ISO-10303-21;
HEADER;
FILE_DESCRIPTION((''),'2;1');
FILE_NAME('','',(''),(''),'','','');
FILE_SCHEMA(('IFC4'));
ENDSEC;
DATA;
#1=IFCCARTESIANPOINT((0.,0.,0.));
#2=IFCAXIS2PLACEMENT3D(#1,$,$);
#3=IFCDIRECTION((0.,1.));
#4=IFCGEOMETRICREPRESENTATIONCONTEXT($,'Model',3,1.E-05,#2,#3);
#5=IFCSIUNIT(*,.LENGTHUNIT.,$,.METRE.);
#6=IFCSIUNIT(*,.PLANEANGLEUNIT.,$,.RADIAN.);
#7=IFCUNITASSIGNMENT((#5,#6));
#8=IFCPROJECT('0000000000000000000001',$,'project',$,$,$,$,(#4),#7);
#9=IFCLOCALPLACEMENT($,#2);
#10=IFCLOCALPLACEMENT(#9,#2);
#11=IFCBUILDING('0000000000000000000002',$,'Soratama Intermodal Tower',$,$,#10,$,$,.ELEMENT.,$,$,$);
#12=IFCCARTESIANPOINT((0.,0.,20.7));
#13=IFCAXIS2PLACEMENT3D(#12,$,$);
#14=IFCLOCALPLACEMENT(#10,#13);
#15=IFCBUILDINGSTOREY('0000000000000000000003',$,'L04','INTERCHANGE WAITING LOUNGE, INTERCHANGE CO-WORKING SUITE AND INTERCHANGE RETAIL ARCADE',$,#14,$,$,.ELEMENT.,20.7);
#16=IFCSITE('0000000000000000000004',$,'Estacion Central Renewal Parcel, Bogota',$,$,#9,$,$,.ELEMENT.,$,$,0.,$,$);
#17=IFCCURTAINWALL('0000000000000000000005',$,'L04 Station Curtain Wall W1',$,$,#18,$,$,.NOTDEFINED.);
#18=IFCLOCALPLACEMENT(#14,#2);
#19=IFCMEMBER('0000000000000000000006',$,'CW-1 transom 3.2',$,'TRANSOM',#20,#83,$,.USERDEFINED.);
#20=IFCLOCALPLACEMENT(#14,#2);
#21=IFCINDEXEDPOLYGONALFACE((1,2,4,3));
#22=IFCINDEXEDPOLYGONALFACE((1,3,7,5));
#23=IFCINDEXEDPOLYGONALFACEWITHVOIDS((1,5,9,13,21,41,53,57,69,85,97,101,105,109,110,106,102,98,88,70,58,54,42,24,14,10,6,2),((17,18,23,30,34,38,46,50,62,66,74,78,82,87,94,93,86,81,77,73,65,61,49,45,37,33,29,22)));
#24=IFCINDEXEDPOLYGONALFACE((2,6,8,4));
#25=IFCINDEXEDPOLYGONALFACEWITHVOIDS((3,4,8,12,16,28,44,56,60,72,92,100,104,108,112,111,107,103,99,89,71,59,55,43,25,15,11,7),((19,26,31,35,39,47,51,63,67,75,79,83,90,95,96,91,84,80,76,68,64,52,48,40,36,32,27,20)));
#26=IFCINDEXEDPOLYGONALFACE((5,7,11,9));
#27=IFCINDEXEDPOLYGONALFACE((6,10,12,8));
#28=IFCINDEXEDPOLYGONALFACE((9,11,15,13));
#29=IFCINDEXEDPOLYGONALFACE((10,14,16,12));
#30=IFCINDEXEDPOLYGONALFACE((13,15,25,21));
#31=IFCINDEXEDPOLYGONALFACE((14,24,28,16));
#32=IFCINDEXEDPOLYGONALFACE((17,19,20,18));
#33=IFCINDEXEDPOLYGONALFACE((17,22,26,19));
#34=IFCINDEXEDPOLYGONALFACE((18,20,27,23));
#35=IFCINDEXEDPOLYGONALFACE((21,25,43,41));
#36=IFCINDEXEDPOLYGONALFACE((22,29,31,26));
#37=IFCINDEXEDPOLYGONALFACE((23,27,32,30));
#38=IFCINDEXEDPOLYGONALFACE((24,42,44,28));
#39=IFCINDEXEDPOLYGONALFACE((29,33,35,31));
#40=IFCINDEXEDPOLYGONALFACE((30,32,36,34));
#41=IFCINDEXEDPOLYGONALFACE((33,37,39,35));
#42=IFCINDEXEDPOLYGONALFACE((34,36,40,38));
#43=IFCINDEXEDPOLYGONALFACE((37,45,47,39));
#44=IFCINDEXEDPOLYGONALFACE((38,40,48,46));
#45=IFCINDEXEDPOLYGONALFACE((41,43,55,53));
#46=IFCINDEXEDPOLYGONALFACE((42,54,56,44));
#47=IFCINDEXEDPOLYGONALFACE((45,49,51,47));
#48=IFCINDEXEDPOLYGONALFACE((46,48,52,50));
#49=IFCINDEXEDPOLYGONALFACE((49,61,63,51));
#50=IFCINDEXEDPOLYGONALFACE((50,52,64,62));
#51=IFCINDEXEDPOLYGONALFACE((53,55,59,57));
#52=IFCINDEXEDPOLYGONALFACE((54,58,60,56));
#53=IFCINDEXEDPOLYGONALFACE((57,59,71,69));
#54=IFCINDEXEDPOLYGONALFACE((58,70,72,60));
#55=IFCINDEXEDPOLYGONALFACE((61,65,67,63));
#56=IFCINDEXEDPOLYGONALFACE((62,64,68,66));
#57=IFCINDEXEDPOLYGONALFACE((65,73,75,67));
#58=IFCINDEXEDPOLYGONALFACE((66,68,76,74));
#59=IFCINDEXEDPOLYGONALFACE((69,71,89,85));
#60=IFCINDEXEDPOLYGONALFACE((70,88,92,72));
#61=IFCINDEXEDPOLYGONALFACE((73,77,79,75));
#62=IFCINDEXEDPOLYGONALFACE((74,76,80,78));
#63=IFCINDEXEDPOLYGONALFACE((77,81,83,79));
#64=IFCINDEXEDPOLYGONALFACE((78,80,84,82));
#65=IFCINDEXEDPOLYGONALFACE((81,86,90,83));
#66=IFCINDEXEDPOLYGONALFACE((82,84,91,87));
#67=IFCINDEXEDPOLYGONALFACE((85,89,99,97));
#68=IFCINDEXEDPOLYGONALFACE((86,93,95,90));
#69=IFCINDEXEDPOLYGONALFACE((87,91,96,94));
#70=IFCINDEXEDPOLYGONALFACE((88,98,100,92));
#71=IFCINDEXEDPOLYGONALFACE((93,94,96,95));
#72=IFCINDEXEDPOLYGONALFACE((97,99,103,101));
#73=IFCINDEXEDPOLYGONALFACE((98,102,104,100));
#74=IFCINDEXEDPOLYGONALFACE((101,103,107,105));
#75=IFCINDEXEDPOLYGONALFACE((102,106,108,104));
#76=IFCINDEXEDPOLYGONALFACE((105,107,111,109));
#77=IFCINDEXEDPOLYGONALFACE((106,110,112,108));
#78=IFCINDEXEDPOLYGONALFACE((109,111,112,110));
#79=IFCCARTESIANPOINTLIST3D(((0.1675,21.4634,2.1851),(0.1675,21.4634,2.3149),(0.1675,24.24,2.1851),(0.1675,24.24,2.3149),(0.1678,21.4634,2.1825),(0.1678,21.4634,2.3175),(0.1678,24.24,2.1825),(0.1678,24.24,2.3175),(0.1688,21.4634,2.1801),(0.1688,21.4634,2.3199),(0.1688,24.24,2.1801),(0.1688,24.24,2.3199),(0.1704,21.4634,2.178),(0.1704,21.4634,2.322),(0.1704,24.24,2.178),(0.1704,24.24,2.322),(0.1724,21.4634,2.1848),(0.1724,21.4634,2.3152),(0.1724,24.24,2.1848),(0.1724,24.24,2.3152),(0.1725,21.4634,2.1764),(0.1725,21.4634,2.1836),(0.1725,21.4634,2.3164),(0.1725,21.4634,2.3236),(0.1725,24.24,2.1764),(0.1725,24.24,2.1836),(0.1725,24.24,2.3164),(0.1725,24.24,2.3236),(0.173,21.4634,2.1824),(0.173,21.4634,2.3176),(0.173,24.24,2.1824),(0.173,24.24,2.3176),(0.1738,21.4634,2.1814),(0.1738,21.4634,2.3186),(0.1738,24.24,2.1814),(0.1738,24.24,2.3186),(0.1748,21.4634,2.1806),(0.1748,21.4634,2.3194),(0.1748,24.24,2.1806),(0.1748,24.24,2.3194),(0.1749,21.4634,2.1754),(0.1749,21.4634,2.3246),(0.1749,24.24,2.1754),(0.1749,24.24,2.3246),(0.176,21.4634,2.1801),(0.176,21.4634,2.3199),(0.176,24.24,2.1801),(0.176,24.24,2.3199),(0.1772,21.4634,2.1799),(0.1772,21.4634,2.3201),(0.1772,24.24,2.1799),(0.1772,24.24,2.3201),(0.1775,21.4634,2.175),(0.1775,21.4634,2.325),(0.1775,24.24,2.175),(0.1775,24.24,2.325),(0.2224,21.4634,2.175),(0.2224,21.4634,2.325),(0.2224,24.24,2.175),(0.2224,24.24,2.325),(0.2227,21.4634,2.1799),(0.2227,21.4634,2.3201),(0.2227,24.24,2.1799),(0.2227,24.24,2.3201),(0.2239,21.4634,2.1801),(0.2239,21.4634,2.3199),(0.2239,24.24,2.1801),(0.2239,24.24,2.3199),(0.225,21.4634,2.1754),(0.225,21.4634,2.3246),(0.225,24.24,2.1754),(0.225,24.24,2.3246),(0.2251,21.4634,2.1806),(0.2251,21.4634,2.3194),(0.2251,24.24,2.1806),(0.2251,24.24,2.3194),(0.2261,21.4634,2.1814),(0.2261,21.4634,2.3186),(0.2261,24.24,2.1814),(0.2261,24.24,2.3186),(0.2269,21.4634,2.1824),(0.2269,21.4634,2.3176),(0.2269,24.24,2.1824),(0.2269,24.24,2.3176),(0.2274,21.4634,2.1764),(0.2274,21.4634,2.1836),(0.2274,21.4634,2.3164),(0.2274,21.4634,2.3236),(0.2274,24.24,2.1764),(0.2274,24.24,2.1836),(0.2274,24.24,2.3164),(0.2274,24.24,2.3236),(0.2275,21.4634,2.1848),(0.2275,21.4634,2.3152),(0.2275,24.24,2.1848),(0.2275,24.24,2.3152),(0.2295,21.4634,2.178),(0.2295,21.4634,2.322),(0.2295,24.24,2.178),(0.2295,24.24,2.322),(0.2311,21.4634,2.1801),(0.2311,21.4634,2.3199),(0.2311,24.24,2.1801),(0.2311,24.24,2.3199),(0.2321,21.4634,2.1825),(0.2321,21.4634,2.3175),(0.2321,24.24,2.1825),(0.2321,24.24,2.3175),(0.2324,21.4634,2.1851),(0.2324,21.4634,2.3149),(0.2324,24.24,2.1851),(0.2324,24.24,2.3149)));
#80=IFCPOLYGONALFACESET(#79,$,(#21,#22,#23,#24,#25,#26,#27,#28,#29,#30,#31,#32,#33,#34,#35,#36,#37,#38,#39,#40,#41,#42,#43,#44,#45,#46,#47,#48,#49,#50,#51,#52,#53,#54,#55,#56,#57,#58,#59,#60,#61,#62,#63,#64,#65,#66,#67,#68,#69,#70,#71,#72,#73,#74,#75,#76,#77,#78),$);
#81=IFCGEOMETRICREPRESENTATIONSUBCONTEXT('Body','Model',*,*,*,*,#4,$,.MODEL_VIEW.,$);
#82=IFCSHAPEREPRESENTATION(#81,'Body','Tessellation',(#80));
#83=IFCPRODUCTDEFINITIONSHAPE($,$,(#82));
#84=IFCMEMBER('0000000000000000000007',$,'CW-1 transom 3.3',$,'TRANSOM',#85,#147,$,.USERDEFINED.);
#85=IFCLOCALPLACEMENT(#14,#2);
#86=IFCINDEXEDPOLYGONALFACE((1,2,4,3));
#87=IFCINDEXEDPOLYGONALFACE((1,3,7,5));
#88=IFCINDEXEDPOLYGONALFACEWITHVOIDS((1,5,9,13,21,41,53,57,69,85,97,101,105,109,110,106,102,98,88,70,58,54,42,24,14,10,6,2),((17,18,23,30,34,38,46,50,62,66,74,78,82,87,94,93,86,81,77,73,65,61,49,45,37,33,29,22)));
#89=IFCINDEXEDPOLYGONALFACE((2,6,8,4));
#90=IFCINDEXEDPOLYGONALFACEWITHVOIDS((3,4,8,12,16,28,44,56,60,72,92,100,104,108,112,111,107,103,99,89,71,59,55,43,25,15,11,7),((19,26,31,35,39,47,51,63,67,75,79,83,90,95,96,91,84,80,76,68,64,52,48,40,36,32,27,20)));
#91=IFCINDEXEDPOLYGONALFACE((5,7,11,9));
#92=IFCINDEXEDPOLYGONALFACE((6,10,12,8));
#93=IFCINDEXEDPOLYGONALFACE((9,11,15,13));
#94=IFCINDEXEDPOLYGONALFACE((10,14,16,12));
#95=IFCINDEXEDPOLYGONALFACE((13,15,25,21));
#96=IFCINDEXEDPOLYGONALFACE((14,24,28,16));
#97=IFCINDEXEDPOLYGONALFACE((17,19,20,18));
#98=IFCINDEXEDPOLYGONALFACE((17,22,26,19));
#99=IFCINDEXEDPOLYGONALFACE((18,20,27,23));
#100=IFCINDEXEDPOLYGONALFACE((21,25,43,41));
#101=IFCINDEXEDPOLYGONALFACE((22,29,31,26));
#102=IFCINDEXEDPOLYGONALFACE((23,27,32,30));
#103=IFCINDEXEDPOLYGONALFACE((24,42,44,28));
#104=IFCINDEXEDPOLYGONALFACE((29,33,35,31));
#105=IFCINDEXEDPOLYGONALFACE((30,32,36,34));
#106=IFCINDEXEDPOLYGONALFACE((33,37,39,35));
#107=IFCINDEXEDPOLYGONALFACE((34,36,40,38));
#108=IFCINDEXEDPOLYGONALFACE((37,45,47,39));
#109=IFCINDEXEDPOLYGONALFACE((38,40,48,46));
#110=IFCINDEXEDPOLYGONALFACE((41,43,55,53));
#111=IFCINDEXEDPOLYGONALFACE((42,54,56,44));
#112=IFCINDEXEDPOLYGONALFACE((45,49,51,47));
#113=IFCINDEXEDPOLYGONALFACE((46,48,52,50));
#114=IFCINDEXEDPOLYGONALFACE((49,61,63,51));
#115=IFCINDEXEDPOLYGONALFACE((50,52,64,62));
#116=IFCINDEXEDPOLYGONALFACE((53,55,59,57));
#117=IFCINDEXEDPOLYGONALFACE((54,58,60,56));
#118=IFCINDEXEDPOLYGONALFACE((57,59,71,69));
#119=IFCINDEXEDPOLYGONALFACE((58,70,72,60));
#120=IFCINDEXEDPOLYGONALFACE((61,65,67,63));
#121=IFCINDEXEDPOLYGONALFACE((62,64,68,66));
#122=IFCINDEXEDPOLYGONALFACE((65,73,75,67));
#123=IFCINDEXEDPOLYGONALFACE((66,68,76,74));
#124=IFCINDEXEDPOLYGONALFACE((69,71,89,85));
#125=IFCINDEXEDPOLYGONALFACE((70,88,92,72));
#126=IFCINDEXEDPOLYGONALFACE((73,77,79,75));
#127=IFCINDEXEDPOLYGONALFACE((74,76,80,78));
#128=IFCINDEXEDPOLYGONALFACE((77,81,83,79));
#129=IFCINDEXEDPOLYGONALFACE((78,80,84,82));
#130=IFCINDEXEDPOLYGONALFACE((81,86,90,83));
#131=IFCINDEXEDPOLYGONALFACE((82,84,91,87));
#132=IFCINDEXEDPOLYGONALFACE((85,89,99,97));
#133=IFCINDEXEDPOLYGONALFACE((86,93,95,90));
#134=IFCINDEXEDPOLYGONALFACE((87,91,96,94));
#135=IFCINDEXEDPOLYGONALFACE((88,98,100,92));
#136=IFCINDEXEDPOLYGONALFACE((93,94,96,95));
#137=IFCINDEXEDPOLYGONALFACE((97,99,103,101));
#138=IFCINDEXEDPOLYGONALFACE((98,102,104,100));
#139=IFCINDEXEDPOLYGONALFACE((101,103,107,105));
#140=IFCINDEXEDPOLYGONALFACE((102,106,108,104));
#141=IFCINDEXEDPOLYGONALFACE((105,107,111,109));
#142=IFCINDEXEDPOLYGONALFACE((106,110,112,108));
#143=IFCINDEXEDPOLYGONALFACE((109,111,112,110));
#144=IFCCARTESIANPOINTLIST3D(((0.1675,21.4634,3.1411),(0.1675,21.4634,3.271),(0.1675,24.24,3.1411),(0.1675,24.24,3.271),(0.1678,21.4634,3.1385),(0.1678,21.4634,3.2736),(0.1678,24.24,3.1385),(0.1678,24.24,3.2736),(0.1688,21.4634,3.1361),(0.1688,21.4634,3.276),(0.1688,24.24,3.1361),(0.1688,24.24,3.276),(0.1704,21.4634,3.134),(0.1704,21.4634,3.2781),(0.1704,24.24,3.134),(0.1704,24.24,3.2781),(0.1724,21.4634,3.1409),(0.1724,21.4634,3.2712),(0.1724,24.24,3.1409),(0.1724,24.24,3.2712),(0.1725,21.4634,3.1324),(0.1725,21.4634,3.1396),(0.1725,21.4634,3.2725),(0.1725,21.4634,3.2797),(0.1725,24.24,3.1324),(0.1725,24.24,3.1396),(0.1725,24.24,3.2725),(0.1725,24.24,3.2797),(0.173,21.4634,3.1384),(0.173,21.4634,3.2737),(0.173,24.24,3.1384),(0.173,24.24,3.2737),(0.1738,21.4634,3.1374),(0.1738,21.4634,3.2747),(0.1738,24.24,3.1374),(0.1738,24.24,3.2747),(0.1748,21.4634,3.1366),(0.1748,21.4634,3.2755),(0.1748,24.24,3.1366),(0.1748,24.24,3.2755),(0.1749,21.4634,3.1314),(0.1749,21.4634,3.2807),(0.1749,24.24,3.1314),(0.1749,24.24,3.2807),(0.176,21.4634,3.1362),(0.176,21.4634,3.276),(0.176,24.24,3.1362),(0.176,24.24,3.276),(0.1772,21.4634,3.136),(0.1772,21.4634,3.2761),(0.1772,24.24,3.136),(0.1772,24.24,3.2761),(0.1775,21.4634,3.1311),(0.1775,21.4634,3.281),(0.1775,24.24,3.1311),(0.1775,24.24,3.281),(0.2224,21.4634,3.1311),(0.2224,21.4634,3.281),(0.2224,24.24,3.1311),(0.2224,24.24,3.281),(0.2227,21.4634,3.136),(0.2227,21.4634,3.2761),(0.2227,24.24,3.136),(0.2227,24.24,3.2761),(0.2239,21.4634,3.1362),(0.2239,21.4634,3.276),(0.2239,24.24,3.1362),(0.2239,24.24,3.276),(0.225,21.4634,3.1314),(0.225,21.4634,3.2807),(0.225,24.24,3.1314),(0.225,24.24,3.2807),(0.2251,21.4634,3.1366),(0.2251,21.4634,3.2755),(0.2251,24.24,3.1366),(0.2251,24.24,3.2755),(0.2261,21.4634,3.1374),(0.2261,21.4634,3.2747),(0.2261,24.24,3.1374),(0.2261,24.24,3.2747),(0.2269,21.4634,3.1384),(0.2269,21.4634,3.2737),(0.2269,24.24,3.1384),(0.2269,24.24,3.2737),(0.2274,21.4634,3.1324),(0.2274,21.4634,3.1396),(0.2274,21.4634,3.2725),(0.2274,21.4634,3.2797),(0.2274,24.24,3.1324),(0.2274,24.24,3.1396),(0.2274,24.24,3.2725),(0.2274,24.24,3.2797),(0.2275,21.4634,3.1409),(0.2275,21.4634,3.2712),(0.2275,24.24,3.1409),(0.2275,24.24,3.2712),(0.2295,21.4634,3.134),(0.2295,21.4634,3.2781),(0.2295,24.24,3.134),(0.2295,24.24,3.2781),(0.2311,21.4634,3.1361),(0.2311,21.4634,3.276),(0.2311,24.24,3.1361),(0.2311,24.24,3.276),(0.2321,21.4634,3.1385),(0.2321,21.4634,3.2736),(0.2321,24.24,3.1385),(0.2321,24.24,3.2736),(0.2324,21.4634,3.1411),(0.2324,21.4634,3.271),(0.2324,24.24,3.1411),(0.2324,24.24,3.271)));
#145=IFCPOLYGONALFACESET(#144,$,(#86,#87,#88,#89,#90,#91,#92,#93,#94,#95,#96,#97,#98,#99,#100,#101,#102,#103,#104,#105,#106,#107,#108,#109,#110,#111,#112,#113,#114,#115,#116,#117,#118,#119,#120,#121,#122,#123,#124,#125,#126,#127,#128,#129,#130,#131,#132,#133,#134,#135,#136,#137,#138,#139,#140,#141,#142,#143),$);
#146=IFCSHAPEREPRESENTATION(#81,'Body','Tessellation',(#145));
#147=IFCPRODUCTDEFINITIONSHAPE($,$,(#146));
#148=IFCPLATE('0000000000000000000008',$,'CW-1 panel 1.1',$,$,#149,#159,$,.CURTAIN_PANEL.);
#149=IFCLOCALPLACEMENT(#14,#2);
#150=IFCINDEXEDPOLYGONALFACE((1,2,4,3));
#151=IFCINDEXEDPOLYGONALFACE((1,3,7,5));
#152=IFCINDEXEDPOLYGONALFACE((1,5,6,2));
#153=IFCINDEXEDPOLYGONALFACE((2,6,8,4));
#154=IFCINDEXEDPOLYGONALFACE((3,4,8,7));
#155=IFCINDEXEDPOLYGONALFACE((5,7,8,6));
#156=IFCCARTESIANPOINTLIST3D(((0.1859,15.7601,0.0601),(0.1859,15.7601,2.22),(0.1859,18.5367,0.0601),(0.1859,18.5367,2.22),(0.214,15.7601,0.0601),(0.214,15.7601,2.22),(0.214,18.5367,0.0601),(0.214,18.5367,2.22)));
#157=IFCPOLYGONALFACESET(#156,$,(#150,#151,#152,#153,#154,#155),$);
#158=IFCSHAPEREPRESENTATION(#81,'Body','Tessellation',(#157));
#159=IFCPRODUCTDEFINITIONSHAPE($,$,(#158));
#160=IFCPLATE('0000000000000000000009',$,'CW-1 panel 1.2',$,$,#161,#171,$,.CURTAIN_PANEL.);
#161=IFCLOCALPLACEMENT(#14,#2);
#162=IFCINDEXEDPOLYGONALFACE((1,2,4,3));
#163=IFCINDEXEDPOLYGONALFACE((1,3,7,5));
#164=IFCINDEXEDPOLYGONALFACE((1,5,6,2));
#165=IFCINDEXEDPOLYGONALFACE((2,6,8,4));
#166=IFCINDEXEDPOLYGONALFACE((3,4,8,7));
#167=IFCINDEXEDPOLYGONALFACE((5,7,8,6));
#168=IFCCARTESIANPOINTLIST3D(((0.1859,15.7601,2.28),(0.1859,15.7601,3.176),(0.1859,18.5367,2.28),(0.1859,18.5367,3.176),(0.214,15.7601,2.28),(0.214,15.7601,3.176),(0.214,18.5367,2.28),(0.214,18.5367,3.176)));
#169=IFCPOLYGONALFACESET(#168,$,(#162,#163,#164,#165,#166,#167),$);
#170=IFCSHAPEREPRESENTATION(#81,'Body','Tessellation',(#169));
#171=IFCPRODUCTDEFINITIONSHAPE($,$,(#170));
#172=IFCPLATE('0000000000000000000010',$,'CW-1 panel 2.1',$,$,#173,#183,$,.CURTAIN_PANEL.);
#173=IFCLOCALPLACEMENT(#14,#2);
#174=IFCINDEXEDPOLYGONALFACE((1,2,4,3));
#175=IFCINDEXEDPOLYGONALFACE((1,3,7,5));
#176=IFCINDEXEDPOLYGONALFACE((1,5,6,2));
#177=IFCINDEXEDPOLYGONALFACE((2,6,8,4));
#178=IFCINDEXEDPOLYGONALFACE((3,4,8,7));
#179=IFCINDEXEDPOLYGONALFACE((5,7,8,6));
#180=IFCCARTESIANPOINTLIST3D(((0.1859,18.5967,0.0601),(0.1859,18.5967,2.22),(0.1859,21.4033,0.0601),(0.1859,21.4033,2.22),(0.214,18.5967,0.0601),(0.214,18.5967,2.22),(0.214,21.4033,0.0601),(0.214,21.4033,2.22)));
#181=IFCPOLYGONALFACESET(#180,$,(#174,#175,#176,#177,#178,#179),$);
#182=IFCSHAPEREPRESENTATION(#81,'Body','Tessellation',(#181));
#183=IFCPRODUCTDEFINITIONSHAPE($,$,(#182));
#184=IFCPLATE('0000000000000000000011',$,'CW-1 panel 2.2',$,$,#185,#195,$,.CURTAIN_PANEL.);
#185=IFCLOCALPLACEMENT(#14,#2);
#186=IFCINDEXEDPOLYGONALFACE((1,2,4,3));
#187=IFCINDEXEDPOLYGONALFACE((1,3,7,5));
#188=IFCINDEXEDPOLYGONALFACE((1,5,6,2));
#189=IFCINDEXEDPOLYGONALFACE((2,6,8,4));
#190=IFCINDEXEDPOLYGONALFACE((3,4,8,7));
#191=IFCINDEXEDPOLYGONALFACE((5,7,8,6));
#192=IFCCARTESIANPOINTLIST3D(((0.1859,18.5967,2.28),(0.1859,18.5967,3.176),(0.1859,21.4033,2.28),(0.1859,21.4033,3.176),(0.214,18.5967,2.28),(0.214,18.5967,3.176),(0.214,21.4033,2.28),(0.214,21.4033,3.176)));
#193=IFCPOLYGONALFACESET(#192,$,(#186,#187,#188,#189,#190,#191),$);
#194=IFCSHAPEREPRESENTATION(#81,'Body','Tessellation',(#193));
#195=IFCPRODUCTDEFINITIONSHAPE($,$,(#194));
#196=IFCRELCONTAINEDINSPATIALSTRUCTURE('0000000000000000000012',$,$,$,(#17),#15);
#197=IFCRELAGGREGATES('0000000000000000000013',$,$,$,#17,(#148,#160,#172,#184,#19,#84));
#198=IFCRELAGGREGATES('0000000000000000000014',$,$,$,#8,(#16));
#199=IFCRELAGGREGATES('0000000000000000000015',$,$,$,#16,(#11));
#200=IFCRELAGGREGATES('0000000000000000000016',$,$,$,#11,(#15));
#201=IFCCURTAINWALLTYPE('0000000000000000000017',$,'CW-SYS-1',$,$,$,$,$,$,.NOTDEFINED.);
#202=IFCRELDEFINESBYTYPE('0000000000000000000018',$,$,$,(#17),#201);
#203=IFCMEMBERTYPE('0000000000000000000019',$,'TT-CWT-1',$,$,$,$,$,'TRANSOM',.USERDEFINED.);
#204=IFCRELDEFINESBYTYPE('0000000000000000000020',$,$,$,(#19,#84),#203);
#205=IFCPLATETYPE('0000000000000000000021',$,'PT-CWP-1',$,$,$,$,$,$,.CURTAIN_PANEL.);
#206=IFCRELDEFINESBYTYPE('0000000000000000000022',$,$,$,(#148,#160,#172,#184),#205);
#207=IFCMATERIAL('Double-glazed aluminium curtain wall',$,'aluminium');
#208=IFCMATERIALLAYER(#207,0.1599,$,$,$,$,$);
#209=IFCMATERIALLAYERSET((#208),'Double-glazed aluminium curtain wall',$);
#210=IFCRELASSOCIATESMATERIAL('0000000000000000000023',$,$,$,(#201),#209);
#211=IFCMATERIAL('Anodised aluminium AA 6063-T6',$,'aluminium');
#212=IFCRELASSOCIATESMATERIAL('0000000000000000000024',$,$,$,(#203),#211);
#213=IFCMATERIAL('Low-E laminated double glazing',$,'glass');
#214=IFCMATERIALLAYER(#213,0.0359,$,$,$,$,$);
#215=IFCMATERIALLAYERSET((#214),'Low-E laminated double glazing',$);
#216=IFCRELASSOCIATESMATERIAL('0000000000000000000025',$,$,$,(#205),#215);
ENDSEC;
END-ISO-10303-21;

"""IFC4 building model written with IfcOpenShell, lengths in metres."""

from ifc_helpers import new_model, si_unit, direction, frame, origin, origin_2d, place, context, subcontext, project, spatial, rectangle, hollow_rectangle, extrude, material, layer, layer_set, material_profile, profile_set, type_object, element, aggregate, save


model = new_model("IFC4")

# Units and contexts
model_context = context("Model", 3, precision=1e-05, world=origin(), true_north=direction((0.0, 1.0)))
body_context = subcontext(model_context, "Body", "Model", "MODEL_VIEW")
ifc_project = project(units=[si_unit("LENGTHUNIT", "METRE"), si_unit("PLANEANGLEUNIT", "RADIAN")], contexts=[model_context])

# Site, building, storey
site_placement = place(None, origin())
site = spatial("IfcSite", under=ifc_project, at=site_placement, Name="Estacion Central Renewal Parcel, Bogota", CompositionType="ELEMENT", RefElevation=0.0)
building_placement = place(site_placement, origin())
building = spatial("IfcBuilding", under=site, at=building_placement, Name="Soratama Intermodal Tower", CompositionType="ELEMENT")
storey_placement = place(building_placement, frame((0.0, 0.0, 20.7)))
storey = spatial("IfcBuildingStorey", under=building, at=storey_placement, Name="L04", Description="INTERCHANGE WAITING LOUNGE, INTERCHANGE CO-WORKING SUITE AND INTERCHANGE RETAIL ARCADE", CompositionType="ELEMENT", Elevation=20.7)

# Curtain wall, members, plates
ifc_material_1 = material(Name="Double-glazed aluminium curtain wall", Category="aluminium")
ifc_layer_1 = layer(ifc_material_1, 0.1599)
ifc_layer_set_1 = layer_set([ifc_layer_1], Name="Double-glazed aluminium curtain wall")
curtain_wall_type = type_object("IfcCurtainWallType", Name="CW-SYS-1", PredefinedType="NOTDEFINED", material=ifc_layer_set_1)
curtain_wall_placement = place(storey_placement, origin())
curtain_wall = element("IfcCurtainWall", 1, at=curtain_wall_placement, inside=storey, type_object=curtain_wall_type, Name="L04 Station Curtain Wall W1", PredefinedType="NOTDEFINED")
ifc_material_2 = material(Name="Anodised aluminium AA 6063-T6", Category="aluminium")
ifc_material_profile_1 = material_profile(ifc_material_2, hollow_rectangle(XDim=0.0649, YDim=0.1499, WallThickness=0.0049, InnerFilletRadius=0.0049, OuterFilletRadius=0.01, at=origin_2d()), Name="CWT150X65X5")
ifc_profile_set_1 = profile_set([ifc_material_profile_1], Name="Anodised aluminium AA 6063-T6")
member_type_1 = type_object("IfcMemberType", Name="TT-CWT-1", ElementType="TRANSOM", PredefinedType="USERDEFINED", material=ifc_profile_set_1)
member_1_placement = place(storey_placement, frame((0.2, 21.4634, 2.25), z_axis=(0.0, 1.0, 0.0), x_axis=(-1.0, 0.0, 0.0)))
member_1 = element("IfcMember", 2, at=member_1_placement, type_object=member_type_1, Name="CW-1 transom 3.2", ObjectType="TRANSOM", PredefinedType="USERDEFINED", context=body_context, shape_type="SweptSolid", body=[
    extrude(hollow_rectangle(XDim=0.0649, YDim=0.1499, WallThickness=0.0049, InnerFilletRadius=0.0049, OuterFilletRadius=0.01, at=origin_2d()), origin(), (0.0, 0.0, 1.0), 2.7766),
])
member_2_placement = place(storey_placement, frame((0.2, 21.4634, 3.2061), z_axis=(0.0, 1.0, 0.0), x_axis=(-1.0, 0.0, 0.0)))
member_2 = element("IfcMember", 3, at=member_2_placement, type_object=member_type_1, Name="CW-1 transom 3.3", ObjectType="TRANSOM", PredefinedType="USERDEFINED", context=body_context, shape_type="SweptSolid", body=[
    extrude(hollow_rectangle(XDim=0.0649, YDim=0.1499, WallThickness=0.0049, InnerFilletRadius=0.0049, OuterFilletRadius=0.01, at=origin_2d()), origin(), (0.0, 0.0, 1.0), 2.7766),
])
ifc_material_3 = material(Name="Low-E laminated double glazing", Category="glass")
ifc_layer_2 = layer(ifc_material_3, 0.0359)
ifc_layer_set_2 = layer_set([ifc_layer_2], Name="Low-E laminated double glazing")
plate_type = type_object("IfcPlateType", Name="PT-CWP-1", PredefinedType="CURTAIN_PANEL", material=ifc_layer_set_2)
plate_1_placement = place(storey_placement, frame((0.2, 17.1484, 0.0601), z_axis=(0.0, 0.0, 1.0), x_axis=(0.0, 1.0, 0.0)))
plate_1 = element("IfcPlate", 4, at=plate_1_placement, type_object=plate_type, Name="CW-1 panel 1.1", PredefinedType="CURTAIN_PANEL", context=body_context, shape_type="SweptSolid", body=[
    extrude(rectangle(XDim=2.7766, YDim=0.0281, at=origin_2d()), origin(), (0.0, 0.0, 1.0), 2.1599),
])
plate_2_placement = place(storey_placement, frame((0.2, 17.1484, 2.28), z_axis=(0.0, 0.0, 1.0), x_axis=(0.0, 1.0, 0.0)))
plate_2 = element("IfcPlate", 5, at=plate_2_placement, type_object=plate_type, Name="CW-1 panel 1.2", PredefinedType="CURTAIN_PANEL", context=body_context, shape_type="SweptSolid", body=[
    extrude(rectangle(XDim=2.7766, YDim=0.0281, at=origin_2d()), origin(), (0.0, 0.0, 1.0), 0.896),
])
plate_3_placement = place(storey_placement, frame((0.2, 20.0, 0.0601), z_axis=(0.0, 0.0, 1.0), x_axis=(0.0, 1.0, 0.0)))
plate_3 = element("IfcPlate", 6, at=plate_3_placement, type_object=plate_type, Name="CW-1 panel 2.1", PredefinedType="CURTAIN_PANEL", context=body_context, shape_type="SweptSolid", body=[
    extrude(rectangle(XDim=2.8066, YDim=0.0281, at=origin_2d()), origin(), (0.0, 0.0, 1.0), 2.1599),
])
plate_4_placement = place(storey_placement, frame((0.2, 20.0, 2.28), z_axis=(0.0, 0.0, 1.0), x_axis=(0.0, 1.0, 0.0)))
plate_4 = element("IfcPlate", 7, at=plate_4_placement, type_object=plate_type, Name="CW-1 panel 2.2", PredefinedType="CURTAIN_PANEL", context=body_context, shape_type="SweptSolid", body=[
    extrude(rectangle(XDim=2.8066, YDim=0.0281, at=origin_2d()), origin(), (0.0, 0.0, 1.0), 0.896),
])
aggregate(curtain_wall, [plate_1, plate_2, plate_3, plate_4, member_1, member_2])

save(model, "model.ifc")
